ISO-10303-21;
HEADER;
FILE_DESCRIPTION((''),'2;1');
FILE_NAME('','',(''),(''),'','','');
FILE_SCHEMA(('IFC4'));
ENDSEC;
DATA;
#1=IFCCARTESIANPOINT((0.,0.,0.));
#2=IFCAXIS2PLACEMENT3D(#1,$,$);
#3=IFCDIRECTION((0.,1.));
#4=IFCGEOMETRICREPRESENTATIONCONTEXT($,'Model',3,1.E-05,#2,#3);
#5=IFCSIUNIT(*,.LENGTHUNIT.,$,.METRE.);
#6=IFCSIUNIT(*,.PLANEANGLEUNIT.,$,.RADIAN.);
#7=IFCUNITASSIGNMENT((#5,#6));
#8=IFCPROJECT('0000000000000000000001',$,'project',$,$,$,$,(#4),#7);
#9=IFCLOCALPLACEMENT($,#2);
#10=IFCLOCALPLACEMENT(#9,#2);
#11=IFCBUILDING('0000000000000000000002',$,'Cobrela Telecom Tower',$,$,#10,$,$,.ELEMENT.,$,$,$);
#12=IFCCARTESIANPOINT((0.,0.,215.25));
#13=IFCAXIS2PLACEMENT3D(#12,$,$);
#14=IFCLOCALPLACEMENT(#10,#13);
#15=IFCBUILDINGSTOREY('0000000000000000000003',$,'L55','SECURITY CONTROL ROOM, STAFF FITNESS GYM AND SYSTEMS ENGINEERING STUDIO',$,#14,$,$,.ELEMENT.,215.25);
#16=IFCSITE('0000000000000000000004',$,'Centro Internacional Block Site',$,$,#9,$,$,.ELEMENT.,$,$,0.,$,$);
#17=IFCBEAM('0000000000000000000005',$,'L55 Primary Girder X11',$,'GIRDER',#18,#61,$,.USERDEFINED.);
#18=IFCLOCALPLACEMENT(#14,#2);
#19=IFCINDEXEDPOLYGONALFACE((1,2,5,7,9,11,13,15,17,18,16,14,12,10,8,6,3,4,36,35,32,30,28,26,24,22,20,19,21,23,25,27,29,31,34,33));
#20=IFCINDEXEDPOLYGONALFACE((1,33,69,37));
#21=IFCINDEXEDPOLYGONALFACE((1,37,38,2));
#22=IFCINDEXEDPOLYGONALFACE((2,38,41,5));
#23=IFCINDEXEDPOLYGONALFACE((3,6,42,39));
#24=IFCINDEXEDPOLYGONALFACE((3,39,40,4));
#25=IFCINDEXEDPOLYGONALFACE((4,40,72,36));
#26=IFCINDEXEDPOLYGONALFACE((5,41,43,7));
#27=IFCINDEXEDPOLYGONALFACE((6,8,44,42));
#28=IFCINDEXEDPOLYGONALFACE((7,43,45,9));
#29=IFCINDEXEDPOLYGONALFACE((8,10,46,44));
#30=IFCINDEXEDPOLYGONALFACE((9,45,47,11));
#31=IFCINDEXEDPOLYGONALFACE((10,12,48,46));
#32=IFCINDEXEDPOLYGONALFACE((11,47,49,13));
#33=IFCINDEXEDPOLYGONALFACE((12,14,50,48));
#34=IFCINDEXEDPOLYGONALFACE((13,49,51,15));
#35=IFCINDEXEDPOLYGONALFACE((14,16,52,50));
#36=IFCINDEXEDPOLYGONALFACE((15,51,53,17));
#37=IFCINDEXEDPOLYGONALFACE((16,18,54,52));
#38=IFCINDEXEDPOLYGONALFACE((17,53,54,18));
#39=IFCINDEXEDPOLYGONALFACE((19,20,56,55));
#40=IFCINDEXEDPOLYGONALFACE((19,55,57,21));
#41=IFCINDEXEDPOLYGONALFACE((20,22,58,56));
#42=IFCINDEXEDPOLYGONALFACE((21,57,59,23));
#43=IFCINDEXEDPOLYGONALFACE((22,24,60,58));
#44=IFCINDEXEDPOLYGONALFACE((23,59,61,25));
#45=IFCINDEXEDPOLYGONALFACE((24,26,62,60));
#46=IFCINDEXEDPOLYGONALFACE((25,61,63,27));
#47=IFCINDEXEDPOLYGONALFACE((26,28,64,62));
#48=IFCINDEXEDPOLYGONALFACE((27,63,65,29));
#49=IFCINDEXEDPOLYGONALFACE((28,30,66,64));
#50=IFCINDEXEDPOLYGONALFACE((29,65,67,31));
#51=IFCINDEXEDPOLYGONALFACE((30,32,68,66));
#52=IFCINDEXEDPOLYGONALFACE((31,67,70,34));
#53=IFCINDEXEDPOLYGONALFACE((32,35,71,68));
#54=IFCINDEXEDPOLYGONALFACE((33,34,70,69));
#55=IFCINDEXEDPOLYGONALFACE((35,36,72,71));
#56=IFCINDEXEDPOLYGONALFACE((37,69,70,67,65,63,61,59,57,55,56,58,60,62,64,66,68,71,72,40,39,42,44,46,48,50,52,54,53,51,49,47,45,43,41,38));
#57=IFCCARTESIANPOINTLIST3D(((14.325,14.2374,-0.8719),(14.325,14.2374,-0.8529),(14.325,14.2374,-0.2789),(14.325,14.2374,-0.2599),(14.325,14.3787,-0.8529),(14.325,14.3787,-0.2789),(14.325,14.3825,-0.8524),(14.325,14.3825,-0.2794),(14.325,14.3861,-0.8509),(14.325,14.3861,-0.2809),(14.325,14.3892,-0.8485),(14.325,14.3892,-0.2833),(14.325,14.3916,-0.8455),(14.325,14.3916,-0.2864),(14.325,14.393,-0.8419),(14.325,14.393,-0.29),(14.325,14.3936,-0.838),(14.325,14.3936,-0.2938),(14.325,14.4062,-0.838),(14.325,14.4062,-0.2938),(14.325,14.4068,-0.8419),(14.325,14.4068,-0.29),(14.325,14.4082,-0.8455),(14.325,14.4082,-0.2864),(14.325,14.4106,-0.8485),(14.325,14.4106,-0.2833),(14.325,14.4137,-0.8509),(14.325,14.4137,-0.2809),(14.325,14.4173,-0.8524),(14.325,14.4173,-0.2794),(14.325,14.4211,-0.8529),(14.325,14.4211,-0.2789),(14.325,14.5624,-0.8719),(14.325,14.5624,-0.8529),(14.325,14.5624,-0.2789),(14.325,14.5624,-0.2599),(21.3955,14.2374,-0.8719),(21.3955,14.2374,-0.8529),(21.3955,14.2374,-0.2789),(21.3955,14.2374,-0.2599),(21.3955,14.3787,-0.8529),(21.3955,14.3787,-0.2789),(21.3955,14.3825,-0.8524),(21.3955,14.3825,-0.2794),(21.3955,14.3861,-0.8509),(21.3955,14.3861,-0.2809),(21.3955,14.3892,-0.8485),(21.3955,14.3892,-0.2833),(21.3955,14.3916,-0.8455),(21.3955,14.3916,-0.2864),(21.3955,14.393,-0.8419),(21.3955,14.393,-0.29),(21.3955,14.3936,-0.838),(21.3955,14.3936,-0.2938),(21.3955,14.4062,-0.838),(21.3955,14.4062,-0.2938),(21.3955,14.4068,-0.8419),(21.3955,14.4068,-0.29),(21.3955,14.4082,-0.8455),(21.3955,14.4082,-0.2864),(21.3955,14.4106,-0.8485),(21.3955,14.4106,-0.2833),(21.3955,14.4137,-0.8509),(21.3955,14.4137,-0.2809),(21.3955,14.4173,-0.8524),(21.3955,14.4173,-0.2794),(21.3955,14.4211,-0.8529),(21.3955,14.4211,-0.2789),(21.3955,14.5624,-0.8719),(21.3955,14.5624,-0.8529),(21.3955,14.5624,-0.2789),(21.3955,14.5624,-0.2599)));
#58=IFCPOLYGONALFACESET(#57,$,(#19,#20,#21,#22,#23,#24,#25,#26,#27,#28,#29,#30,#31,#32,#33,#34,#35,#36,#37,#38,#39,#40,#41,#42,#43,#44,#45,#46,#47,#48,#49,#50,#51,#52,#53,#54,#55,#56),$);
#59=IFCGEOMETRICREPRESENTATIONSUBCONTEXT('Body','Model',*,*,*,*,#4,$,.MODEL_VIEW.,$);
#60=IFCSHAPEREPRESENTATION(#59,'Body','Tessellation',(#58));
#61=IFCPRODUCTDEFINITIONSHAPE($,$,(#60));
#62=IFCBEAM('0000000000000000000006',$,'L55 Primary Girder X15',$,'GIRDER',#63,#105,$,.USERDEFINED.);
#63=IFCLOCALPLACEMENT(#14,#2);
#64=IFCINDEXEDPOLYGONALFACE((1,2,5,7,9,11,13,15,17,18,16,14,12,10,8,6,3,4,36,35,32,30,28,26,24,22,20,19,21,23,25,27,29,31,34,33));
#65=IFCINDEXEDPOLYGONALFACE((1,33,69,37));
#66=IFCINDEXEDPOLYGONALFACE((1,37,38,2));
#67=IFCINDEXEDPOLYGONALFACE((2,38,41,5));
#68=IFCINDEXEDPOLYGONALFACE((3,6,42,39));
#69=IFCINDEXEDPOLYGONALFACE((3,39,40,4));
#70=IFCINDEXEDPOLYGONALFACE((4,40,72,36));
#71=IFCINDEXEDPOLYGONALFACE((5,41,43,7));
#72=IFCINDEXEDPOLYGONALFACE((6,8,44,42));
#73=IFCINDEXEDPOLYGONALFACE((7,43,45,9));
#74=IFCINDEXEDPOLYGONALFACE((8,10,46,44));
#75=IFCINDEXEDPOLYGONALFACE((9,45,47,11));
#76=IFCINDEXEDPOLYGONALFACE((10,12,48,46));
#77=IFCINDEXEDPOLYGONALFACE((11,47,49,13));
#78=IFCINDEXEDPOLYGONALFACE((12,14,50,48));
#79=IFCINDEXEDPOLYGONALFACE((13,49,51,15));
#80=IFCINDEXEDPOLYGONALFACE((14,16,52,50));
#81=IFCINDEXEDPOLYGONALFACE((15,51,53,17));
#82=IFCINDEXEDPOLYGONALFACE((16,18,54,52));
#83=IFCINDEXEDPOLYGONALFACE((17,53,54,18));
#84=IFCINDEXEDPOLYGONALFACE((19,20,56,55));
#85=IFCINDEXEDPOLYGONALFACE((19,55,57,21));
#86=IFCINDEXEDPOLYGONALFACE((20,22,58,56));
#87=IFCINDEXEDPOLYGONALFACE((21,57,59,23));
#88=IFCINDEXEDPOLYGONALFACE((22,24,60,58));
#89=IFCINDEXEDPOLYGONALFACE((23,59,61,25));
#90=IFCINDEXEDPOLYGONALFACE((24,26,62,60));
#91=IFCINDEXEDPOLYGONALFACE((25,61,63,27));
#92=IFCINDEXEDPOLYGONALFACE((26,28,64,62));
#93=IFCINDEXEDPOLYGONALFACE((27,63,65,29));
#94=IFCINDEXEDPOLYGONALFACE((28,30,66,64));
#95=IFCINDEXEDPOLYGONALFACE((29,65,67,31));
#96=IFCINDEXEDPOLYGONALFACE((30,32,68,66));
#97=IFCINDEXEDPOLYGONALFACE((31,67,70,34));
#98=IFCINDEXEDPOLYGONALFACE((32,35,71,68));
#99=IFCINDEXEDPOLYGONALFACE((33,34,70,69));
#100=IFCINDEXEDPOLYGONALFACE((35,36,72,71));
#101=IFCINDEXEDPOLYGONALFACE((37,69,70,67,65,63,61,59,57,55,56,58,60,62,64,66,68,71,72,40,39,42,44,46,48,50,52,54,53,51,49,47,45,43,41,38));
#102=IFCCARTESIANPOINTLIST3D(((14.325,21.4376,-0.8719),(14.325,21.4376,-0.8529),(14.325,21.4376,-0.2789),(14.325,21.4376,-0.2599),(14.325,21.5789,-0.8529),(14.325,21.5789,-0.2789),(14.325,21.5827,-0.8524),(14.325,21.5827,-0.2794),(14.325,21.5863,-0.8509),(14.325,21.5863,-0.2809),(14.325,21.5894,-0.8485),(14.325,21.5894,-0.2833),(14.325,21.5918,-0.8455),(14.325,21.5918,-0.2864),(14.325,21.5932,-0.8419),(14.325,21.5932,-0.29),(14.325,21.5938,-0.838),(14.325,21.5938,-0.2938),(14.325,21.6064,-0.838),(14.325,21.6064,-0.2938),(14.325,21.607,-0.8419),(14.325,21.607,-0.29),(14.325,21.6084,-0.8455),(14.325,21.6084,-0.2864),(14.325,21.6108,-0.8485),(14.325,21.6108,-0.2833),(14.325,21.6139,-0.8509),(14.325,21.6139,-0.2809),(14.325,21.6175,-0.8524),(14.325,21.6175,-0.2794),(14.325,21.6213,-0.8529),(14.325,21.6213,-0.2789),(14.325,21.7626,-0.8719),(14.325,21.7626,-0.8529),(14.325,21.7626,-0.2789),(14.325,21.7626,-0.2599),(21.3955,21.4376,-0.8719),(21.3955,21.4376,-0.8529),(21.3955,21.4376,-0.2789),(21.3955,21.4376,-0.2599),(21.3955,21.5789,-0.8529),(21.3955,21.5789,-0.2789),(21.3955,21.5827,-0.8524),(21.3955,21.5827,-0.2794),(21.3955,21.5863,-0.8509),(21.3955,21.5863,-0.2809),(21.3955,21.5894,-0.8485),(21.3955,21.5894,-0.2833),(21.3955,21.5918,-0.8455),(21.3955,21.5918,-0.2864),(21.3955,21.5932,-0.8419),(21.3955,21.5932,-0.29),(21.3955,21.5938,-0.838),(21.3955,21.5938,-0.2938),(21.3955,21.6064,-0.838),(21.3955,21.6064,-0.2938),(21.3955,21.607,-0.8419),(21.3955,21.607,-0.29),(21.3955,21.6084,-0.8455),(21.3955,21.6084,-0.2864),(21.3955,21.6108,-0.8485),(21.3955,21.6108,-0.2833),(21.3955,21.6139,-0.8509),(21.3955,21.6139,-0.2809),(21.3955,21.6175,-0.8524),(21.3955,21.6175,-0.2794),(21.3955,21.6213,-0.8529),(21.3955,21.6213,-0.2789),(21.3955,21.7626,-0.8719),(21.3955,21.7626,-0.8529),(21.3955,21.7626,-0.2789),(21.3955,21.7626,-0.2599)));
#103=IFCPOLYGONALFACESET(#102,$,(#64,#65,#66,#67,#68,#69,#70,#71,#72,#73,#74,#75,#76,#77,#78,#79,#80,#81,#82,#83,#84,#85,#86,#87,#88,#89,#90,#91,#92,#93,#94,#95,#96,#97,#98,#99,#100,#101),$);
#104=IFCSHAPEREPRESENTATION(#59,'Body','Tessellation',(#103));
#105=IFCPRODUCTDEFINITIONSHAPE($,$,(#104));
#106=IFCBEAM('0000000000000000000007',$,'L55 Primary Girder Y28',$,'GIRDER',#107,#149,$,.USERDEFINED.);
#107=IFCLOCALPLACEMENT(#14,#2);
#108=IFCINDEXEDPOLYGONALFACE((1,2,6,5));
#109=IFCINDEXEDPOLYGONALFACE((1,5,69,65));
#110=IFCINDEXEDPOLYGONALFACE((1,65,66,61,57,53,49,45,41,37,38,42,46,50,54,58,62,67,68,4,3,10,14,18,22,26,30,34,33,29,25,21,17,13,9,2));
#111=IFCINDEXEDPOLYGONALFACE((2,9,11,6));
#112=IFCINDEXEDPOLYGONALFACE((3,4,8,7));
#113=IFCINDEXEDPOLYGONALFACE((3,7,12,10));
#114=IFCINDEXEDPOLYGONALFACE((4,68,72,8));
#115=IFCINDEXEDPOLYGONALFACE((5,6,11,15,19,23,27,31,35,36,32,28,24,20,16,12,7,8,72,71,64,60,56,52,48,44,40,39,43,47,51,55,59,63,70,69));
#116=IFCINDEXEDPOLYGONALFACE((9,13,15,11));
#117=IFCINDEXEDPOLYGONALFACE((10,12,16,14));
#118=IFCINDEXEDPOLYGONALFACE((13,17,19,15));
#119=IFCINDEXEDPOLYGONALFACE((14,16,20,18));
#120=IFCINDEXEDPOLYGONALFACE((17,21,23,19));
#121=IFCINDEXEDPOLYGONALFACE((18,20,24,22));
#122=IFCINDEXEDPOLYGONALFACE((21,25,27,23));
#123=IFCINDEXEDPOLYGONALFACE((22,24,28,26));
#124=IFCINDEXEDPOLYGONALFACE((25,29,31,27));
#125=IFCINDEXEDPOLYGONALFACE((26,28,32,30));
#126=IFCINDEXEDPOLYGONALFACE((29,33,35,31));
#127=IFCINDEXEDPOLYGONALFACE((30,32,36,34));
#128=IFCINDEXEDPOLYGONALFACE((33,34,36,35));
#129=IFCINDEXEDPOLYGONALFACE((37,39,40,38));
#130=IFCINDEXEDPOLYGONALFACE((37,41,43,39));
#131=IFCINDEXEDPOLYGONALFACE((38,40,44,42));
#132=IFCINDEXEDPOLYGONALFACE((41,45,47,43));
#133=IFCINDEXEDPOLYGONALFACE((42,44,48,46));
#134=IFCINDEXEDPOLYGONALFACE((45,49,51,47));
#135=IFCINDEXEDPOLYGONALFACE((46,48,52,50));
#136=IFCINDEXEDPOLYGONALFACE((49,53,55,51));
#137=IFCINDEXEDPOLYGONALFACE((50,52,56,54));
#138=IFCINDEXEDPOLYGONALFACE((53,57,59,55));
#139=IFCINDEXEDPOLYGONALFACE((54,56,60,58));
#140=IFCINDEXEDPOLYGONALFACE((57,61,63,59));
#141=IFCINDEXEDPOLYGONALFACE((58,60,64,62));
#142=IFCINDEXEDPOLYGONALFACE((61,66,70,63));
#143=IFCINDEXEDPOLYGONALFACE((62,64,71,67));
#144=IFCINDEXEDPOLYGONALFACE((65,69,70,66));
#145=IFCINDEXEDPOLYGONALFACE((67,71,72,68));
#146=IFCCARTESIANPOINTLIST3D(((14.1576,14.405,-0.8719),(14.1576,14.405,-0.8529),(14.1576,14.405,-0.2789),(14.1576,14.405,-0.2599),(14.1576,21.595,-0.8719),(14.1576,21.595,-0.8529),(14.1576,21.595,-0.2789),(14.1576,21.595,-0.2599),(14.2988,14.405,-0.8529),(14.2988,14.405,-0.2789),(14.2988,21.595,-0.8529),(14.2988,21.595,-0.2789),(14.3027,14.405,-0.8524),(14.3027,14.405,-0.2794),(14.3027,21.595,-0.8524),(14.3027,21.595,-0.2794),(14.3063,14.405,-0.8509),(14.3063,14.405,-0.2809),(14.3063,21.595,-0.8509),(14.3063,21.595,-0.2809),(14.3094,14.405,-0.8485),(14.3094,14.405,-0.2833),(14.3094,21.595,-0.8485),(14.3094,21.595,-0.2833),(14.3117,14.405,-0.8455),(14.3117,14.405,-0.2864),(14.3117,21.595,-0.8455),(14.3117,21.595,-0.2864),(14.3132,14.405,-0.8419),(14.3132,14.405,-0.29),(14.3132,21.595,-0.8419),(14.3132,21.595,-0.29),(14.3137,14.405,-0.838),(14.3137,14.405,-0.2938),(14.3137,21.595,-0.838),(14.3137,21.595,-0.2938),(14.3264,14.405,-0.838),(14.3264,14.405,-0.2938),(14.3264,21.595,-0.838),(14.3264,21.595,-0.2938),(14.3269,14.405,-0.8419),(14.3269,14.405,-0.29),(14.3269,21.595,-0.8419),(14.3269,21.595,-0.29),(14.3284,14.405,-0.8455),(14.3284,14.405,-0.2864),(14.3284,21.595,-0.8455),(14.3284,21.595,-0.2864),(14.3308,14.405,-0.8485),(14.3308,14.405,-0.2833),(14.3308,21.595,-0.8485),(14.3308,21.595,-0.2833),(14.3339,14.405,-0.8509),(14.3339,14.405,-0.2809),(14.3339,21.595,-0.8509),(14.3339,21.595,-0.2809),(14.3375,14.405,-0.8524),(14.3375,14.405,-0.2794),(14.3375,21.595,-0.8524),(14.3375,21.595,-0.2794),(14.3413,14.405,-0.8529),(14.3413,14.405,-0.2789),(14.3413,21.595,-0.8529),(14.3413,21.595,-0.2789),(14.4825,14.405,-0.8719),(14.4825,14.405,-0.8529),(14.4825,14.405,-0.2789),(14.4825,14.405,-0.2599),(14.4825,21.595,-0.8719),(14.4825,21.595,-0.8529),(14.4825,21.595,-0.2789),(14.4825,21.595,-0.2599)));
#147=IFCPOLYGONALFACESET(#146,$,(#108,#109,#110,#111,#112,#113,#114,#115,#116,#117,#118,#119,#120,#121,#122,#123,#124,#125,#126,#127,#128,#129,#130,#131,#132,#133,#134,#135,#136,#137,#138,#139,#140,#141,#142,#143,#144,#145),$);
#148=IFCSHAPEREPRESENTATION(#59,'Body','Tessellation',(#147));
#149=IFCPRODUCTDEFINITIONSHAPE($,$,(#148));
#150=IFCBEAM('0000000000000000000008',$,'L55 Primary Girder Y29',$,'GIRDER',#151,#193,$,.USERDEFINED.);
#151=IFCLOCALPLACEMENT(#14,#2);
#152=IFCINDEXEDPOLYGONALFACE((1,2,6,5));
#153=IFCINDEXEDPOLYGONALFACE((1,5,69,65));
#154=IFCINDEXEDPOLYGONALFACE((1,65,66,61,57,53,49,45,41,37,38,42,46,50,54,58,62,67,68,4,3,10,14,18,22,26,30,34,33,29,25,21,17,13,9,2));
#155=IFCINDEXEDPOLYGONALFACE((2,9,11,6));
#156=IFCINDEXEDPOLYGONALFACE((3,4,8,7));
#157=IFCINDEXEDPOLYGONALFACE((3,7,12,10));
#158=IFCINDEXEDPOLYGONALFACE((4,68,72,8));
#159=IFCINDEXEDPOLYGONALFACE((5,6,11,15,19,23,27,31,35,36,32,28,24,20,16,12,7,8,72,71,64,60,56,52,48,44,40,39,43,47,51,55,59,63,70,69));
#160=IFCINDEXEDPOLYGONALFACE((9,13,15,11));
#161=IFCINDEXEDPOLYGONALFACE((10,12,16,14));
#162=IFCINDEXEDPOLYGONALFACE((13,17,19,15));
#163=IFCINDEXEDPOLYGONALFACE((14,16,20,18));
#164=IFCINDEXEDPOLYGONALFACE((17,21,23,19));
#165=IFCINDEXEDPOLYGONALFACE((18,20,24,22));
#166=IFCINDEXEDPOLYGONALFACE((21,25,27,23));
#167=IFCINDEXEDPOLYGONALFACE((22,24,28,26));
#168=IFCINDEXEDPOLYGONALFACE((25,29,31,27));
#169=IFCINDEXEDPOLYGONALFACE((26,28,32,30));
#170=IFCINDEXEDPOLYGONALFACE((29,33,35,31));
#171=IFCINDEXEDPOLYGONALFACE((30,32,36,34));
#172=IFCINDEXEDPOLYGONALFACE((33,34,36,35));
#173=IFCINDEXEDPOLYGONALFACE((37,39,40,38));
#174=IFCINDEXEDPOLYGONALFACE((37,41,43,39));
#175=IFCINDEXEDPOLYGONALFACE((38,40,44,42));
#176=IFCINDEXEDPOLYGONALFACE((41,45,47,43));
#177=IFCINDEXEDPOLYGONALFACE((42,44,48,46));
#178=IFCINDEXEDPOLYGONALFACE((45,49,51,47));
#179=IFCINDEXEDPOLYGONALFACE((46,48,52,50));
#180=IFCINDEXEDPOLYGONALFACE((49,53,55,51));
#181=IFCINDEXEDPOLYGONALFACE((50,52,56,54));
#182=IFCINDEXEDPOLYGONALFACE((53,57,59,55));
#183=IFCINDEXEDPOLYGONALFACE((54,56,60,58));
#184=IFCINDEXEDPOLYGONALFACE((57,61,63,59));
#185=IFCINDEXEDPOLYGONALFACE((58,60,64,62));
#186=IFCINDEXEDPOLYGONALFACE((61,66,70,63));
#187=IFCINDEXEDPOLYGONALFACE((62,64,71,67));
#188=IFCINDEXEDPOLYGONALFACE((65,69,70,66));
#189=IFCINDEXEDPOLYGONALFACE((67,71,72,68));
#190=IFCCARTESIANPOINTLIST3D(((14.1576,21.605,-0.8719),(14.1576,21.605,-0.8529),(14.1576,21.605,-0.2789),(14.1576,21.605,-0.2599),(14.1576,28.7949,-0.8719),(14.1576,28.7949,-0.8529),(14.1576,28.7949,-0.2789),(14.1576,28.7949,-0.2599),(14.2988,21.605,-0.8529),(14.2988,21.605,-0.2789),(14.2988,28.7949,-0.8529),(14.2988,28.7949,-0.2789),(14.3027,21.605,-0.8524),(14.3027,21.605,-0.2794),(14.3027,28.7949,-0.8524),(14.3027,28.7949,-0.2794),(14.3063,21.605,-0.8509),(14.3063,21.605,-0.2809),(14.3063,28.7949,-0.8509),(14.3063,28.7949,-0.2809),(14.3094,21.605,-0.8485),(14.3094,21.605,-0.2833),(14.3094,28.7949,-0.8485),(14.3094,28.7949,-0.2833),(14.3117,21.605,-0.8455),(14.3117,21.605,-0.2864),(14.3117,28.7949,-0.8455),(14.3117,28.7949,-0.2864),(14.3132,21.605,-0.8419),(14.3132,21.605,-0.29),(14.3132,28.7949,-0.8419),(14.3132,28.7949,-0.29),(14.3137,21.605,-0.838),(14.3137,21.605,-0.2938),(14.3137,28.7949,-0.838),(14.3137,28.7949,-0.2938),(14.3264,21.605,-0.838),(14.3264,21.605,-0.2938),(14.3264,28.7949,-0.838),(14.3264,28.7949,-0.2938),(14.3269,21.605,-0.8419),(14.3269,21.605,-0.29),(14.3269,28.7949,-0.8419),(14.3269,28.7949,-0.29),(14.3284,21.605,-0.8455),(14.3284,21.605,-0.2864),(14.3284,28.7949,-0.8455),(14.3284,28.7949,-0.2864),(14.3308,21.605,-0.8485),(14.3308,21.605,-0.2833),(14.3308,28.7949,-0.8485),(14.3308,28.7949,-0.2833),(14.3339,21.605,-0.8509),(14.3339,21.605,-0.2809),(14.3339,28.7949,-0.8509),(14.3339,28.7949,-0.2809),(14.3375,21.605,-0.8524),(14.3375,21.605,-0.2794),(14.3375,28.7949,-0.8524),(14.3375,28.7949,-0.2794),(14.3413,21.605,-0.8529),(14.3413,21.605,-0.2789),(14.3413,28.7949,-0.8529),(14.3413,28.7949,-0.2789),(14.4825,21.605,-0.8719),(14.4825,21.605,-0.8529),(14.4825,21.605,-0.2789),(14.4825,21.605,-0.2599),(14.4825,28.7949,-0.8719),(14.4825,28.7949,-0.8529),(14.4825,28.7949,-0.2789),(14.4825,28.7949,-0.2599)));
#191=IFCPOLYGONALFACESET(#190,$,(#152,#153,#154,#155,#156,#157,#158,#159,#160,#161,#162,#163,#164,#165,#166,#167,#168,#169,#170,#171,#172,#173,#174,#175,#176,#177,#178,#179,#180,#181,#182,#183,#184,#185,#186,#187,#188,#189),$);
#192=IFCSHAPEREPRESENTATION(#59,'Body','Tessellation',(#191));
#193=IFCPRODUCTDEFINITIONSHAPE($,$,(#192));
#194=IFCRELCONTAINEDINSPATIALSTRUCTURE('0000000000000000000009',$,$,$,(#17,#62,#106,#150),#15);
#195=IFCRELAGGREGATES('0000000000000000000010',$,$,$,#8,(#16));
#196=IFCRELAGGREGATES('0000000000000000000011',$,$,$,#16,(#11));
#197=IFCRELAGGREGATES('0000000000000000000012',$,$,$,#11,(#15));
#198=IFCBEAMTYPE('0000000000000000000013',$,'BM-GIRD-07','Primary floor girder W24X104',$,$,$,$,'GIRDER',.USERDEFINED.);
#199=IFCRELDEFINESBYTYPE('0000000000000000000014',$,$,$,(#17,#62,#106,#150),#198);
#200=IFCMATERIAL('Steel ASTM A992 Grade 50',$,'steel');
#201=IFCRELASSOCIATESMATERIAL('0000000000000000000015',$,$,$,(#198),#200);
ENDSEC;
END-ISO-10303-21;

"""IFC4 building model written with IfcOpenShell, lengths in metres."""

from ifc_helpers import new_model, si_unit, direction, frame, origin, origin_2d, place, context, subcontext, project, spatial, i_section, extrude, material, material_profile, profile_set, type_object, element, save


model = new_model("IFC4")

# Units and contexts
model_context = context("Model", 3, precision=1e-05, world=origin(), true_north=direction((0.0, 1.0)))
body_context = subcontext(model_context, "Body", "Model", "MODEL_VIEW")
ifc_project = project(units=[si_unit("LENGTHUNIT", "METRE"), si_unit("PLANEANGLEUNIT", "RADIAN")], contexts=[model_context])

# Site, building, storey
site_placement = place(None, origin())
site = spatial("IfcSite", under=ifc_project, at=site_placement, Name="Centro Internacional Block Site", CompositionType="ELEMENT", RefElevation=0.0)
building_placement = place(site_placement, origin())
building = spatial("IfcBuilding", under=site, at=building_placement, Name="Cobrela Telecom Tower", CompositionType="ELEMENT")
storey_placement = place(building_placement, frame((0.0, 0.0, 215.25)))
storey = spatial("IfcBuildingStorey", under=building, at=storey_placement, Name="L55", Description="SECURITY CONTROL ROOM, STAFF FITNESS GYM AND SYSTEMS ENGINEERING STUDIO", CompositionType="ELEMENT", Elevation=215.25)

# Beams
ifc_material_1 = material(Name="Steel ASTM A992 Grade 50", Category="steel")
ifc_material_profile_1 = material_profile(ifc_material_1, i_section(OverallWidth=0.325, OverallDepth=0.6121, WebThickness=0.0127, FlangeThickness=0.019, FilletRadius=0.0149, at=origin_2d()), Name="W24X104")
ifc_profile_set_1 = profile_set([ifc_material_profile_1], Name="Steel ASTM A992 Grade 50")
beam_type_1 = type_object("IfcBeamType", Name="BM-GIRD-07", Description="Primary floor girder W24X104", ElementType="GIRDER", PredefinedType="USERDEFINED", material=ifc_profile_set_1)
for number, where, z_axis, x_axis, name in (
    (1, (14.325, 14.3999, -0.5659), (1.0, 0.0, 0.0), (0.0, 1.0, 0.0), "L55 Primary Girder X11"),
    (2, (14.325, 21.6001, -0.5659), (1.0, 0.0, 0.0), (0.0, 1.0, 0.0), "L55 Primary Girder X15"),
):
    element("IfcBeam", number, at=place(storey_placement, frame(where, z_axis=z_axis, x_axis=x_axis)), inside=storey, type_object=beam_type_1, Name=name, ObjectType="GIRDER", PredefinedType="USERDEFINED", context=body_context, shape_type="SweptSolid", body=[
        extrude(i_section(OverallWidth=0.325, OverallDepth=0.6121, WebThickness=0.0127, FlangeThickness=0.019, FilletRadius=0.0149, at=origin_2d()), origin(), (0.0, 0.0, 1.0), 7.0706),
    ])
for number, where, z_axis, x_axis, name in (
    (3, (14.3201, 14.405, -0.5659), (0.0, 1.0, 0.0), (-1.0, 0.0, 0.0), "L55 Primary Girder Y28"),
    (4, (14.3201, 21.605, -0.5659), (0.0, 1.0, 0.0), (-1.0, 0.0, 0.0), "L55 Primary Girder Y29"),
):
    element("IfcBeam", number, at=place(storey_placement, frame(where, z_axis=z_axis, x_axis=x_axis)), inside=storey, type_object=beam_type_1, Name=name, ObjectType="GIRDER", PredefinedType="USERDEFINED", context=body_context, shape_type="SweptSolid", body=[
        extrude(i_section(OverallWidth=0.325, OverallDepth=0.6121, WebThickness=0.0127, FlangeThickness=0.019, FilletRadius=0.0149, at=origin_2d()), origin(), (0.0, 0.0, 1.0), 7.1899),
    ])

save(model, "model.ifc")
